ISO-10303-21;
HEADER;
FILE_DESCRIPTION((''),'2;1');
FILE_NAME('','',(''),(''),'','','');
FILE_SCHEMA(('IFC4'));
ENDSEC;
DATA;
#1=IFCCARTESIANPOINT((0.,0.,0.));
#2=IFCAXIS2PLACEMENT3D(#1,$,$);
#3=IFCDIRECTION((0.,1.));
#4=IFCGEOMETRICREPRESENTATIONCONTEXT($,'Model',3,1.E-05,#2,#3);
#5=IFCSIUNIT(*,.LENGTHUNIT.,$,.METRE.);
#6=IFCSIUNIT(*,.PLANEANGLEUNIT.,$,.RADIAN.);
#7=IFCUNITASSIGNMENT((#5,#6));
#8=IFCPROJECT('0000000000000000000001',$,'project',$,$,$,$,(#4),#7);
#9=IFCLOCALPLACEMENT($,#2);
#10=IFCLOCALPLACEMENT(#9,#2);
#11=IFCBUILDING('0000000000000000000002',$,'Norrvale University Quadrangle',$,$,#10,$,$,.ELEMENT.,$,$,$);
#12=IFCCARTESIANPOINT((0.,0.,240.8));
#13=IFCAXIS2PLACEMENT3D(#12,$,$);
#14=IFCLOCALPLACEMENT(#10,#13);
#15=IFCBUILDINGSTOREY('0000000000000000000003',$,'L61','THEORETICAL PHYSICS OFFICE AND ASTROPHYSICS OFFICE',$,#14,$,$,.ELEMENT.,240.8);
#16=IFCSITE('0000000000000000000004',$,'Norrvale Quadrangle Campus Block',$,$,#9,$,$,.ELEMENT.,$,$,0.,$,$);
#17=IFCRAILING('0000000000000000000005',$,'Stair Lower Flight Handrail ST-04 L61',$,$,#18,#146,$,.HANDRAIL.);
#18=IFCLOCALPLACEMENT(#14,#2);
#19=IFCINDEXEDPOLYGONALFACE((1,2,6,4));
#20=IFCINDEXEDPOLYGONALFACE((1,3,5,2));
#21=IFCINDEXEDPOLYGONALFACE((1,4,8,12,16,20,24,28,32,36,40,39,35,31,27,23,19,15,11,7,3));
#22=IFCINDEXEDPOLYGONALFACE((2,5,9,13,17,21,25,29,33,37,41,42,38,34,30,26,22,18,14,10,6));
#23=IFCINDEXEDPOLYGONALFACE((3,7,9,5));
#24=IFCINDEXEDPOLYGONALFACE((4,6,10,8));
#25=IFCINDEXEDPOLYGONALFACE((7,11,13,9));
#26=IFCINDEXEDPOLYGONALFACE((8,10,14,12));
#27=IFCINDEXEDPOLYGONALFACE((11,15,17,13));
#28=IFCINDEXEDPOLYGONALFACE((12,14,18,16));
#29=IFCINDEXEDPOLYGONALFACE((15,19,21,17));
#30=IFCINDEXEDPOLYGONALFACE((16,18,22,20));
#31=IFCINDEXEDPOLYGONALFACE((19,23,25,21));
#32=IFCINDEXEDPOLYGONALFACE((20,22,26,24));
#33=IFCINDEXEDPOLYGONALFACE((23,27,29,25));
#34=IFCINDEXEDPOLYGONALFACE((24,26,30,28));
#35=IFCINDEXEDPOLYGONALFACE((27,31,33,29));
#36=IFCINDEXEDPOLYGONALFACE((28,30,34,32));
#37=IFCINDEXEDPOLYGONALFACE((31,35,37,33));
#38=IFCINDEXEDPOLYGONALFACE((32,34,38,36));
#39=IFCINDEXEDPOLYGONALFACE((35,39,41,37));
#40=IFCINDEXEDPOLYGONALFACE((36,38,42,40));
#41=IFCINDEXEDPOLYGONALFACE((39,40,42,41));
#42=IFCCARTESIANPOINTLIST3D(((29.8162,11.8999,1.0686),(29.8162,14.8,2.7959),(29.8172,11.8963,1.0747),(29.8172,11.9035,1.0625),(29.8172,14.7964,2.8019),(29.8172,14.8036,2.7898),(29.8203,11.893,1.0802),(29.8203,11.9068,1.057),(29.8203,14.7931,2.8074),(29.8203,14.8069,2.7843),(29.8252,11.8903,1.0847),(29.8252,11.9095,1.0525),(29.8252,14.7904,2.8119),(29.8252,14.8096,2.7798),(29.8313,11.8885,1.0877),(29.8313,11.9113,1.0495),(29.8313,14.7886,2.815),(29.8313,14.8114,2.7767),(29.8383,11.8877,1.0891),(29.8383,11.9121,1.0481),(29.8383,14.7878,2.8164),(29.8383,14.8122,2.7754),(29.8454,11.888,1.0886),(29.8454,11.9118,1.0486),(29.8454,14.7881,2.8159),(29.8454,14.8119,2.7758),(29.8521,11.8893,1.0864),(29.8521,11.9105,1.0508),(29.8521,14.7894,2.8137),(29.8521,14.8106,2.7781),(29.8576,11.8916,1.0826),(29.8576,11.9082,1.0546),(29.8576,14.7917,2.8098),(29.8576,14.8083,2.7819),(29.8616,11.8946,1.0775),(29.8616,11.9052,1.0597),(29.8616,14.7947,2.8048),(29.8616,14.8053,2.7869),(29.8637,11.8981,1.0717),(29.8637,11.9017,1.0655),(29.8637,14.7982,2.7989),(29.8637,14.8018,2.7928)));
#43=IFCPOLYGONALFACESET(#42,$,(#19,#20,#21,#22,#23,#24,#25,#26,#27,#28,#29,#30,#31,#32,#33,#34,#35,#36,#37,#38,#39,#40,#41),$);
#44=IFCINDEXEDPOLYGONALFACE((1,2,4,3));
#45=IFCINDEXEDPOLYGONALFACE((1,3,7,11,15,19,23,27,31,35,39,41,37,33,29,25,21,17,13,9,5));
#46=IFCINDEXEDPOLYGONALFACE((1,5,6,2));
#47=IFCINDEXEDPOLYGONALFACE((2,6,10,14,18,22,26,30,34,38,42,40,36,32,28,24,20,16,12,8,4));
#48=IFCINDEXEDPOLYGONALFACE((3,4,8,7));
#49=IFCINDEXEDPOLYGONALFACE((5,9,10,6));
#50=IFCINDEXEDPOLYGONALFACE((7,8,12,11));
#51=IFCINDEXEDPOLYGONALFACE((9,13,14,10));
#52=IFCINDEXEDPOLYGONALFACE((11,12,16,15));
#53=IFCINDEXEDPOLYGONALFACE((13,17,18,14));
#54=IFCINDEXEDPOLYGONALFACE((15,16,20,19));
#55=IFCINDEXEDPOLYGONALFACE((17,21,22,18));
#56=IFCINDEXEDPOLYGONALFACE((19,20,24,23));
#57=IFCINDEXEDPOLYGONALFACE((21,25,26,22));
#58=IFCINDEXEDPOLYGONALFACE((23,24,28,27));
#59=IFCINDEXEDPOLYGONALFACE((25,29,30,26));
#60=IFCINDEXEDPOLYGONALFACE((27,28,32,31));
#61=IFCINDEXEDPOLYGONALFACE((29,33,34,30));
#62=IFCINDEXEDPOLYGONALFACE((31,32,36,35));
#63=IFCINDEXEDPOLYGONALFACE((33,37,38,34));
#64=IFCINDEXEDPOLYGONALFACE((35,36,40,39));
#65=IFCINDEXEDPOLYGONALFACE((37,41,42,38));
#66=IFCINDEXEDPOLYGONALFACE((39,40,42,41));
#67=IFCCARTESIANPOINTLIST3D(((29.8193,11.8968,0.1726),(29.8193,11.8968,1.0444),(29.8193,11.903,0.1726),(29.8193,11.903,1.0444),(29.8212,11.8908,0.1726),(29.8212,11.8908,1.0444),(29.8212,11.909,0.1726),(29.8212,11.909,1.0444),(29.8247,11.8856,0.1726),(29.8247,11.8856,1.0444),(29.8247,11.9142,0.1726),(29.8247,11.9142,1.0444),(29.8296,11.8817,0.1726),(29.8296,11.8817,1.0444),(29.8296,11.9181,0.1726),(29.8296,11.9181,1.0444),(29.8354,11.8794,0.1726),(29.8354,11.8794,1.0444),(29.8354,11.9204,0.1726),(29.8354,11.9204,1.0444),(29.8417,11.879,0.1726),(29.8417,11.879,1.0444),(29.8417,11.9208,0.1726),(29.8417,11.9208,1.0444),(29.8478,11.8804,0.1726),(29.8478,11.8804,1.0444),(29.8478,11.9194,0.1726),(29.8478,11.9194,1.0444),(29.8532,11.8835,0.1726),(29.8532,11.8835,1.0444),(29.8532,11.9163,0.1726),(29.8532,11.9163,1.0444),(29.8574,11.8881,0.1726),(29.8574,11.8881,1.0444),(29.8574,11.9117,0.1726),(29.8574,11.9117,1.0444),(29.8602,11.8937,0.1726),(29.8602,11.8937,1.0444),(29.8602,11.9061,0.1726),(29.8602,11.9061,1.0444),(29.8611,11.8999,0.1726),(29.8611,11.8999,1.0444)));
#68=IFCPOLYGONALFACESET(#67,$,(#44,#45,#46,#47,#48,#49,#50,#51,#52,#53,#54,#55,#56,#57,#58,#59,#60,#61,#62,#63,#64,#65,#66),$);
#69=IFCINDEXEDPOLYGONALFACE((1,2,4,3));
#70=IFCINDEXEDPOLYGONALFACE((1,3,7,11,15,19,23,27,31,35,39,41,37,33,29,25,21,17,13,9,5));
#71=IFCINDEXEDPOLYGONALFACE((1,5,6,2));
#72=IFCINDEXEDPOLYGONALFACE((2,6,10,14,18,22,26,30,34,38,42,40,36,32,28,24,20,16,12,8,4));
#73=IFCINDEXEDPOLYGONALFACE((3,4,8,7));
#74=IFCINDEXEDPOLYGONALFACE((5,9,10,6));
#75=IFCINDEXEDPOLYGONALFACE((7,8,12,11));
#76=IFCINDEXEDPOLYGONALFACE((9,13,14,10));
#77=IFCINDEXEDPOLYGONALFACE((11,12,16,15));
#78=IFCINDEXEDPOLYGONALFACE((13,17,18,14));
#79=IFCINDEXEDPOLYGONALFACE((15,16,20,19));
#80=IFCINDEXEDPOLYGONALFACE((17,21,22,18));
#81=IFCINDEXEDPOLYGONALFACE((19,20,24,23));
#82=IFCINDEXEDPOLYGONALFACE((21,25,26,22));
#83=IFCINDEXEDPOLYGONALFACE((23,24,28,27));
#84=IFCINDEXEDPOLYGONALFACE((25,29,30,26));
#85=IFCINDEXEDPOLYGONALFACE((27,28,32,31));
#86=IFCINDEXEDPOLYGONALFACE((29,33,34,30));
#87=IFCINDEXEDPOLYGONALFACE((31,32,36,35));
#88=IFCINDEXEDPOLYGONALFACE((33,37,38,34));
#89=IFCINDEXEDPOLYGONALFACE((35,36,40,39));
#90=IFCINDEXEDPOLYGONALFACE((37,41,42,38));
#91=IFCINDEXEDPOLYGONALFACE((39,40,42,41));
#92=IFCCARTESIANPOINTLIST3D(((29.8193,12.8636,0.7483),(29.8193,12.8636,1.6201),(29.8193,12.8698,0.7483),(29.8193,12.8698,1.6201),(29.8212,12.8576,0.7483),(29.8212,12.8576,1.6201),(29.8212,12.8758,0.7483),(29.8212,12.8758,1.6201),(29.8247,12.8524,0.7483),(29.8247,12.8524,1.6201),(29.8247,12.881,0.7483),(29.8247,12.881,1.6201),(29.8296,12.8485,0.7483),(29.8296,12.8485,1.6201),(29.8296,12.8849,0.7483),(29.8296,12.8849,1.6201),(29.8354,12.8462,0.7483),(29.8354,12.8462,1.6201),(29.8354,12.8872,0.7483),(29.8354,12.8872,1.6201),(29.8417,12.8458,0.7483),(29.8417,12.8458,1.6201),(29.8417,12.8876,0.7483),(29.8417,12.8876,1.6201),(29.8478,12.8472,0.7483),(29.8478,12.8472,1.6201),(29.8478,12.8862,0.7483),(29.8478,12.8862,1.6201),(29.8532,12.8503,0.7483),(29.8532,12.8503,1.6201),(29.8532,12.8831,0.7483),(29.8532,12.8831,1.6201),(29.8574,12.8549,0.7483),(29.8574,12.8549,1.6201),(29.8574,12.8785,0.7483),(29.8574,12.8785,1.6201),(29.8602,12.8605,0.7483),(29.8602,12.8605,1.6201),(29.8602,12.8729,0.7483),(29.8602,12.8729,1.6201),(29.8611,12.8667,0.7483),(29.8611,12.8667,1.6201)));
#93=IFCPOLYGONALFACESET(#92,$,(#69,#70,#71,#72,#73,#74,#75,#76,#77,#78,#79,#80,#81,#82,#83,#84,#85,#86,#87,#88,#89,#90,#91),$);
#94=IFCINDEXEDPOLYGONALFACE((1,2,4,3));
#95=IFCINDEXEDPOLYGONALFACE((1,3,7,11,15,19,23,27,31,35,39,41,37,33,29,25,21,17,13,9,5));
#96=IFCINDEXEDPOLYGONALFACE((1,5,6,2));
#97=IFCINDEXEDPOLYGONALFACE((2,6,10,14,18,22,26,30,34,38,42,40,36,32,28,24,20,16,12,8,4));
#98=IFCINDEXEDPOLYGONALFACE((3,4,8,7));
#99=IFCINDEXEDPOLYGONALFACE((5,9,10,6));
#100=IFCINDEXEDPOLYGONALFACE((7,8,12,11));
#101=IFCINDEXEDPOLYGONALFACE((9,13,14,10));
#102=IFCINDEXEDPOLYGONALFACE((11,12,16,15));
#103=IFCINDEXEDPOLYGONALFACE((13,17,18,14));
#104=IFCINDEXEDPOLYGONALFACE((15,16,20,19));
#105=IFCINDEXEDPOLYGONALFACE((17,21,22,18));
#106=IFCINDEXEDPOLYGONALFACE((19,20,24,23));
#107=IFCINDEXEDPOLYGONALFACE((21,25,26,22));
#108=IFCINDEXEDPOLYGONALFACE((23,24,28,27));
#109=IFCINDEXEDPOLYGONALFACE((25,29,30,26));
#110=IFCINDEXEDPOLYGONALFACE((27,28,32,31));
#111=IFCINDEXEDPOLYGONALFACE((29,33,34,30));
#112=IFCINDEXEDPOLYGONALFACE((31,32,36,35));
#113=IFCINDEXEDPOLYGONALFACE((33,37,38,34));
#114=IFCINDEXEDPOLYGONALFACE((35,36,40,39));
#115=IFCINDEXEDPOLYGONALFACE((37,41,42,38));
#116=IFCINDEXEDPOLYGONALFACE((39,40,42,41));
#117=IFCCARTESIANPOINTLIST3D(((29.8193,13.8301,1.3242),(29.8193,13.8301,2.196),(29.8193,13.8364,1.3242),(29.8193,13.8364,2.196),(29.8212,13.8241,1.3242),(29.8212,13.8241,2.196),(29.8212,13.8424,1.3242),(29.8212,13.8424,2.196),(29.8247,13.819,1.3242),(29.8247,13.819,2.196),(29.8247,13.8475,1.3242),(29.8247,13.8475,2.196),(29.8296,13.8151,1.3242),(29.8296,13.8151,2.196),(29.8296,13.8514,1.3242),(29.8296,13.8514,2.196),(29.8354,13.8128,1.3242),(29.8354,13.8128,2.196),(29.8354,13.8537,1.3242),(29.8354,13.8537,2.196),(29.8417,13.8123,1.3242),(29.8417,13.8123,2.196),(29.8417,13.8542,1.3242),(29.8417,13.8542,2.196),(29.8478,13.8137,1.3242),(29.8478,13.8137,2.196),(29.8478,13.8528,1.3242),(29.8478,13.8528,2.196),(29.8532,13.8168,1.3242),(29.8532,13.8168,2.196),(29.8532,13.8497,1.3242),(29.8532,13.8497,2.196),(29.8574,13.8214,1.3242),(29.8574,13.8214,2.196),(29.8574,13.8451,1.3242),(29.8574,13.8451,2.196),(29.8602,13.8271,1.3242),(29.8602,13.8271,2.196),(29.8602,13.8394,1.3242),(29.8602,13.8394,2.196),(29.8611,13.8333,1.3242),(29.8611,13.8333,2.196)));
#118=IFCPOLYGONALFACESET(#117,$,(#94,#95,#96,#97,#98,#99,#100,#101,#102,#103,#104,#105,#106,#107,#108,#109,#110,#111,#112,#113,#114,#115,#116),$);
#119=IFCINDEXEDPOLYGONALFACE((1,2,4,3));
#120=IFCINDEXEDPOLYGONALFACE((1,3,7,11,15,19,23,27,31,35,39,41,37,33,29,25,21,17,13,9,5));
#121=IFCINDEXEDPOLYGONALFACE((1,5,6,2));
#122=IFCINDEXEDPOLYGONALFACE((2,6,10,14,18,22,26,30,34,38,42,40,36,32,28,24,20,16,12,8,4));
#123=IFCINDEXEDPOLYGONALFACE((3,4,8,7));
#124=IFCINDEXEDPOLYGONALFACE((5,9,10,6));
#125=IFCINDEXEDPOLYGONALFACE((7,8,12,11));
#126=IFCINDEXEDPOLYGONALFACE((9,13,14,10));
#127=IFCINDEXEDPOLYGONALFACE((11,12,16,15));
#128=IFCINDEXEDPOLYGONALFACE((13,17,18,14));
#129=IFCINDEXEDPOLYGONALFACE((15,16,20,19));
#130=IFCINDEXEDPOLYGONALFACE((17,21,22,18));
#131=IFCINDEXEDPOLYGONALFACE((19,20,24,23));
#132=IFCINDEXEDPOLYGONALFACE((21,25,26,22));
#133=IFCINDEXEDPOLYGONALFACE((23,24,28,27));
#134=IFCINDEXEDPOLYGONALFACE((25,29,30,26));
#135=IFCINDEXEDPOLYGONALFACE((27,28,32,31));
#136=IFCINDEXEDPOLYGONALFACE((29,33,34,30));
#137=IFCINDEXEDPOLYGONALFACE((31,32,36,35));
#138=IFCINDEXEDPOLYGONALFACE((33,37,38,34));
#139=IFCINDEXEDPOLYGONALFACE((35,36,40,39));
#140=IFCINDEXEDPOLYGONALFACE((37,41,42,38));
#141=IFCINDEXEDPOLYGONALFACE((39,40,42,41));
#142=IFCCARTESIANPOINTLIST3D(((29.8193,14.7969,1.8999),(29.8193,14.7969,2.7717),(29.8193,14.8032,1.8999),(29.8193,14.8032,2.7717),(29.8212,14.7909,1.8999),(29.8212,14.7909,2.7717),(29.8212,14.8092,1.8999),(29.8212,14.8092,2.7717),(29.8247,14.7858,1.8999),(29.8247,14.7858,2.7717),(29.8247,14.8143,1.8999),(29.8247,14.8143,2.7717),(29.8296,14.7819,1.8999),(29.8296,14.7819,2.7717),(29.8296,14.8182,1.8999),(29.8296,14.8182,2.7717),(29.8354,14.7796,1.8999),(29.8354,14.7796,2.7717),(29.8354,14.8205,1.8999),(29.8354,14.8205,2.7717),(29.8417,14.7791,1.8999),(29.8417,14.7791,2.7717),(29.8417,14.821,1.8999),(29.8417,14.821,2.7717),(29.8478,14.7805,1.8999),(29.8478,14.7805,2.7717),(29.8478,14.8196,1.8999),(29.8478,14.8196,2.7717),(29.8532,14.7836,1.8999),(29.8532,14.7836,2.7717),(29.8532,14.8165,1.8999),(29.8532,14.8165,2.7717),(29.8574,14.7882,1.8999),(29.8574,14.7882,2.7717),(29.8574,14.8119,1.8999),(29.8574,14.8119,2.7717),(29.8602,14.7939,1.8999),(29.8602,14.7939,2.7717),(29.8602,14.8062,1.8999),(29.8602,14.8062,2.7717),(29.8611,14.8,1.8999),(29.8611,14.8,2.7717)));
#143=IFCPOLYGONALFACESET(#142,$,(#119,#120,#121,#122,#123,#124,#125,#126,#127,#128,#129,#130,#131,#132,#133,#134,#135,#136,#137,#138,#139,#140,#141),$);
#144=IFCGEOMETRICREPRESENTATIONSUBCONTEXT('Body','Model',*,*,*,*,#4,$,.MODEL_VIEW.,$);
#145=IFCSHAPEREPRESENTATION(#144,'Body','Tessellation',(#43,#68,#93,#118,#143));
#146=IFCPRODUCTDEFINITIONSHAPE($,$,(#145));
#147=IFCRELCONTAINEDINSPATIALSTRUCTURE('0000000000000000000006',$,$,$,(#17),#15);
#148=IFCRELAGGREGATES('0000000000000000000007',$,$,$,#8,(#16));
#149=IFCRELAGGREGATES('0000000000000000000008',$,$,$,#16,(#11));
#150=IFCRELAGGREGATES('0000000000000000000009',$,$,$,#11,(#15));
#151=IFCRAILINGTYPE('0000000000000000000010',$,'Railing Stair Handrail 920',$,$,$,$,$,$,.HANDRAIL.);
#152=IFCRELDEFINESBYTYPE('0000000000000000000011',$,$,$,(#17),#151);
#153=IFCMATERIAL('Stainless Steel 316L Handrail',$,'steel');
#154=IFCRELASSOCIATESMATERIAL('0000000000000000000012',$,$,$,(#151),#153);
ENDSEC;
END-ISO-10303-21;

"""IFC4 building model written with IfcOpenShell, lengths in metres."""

from ifc_helpers import new_model, si_unit, direction, frame, origin, origin_2d, place, context, subcontext, project, spatial, circle, extrude, material, type_object, element, save


model = new_model("IFC4")

# Units and contexts
model_context = context("Model", 3, precision=1e-05, world=origin(), true_north=direction((0.0, 1.0)))
body_context = subcontext(model_context, "Body", "Model", "MODEL_VIEW")
ifc_project = project(units=[si_unit("LENGTHUNIT", "METRE"), si_unit("PLANEANGLEUNIT", "RADIAN")], contexts=[model_context])

# Site, building, storey
site_placement = place(None, origin())
site = spatial("IfcSite", under=ifc_project, at=site_placement, Name="Norrvale Quadrangle Campus Block", CompositionType="ELEMENT", RefElevation=0.0)
building_placement = place(site_placement, origin())
building = spatial("IfcBuilding", under=site, at=building_placement, Name="Norrvale University Quadrangle", CompositionType="ELEMENT")
storey_placement = place(building_placement, frame((0.0, 0.0, 240.8)))
storey = spatial("IfcBuildingStorey", under=building, at=storey_placement, Name="L61", Description="THEORETICAL PHYSICS OFFICE AND ASTROPHYSICS OFFICE", CompositionType="ELEMENT", Elevation=240.8)

# Railing
ifc_material_1 = material(Name="Stainless Steel 316L Handrail", Category="steel")
railing_type_1 = type_object("IfcRailingType", Name="Railing Stair Handrail 920", PredefinedType="HANDRAIL", material=ifc_material_1)
railing_1_placement = place(storey_placement, frame((29.8401, 11.8999, 0.1726)))
element("IfcRailing", 1, at=railing_1_placement, inside=storey, type_object=railing_type_1, Name="Stair Lower Flight Handrail ST-04 L61", PredefinedType="HANDRAIL", context=body_context, shape_type="SweptSolid", body=[
    extrude(circle(Radius=0.0239, at=origin_2d()), frame((0.0, 0.0, 0.896), z_axis=(0.0, 0.85916, 0.511706), x_axis=(-1.0, 0.0, 0.0)), (0.0, 0.0, 1.0), 3.3755),
    extrude(circle(Radius=0.021, at=origin_2d()), origin(), (0.0, 0.0, 1.0), 0.8718),
    extrude(circle(Radius=0.021, at=origin_2d()), frame((0.0, 0.9668, 0.5757)), (0.0, 0.0, 1.0), 0.8718),
    extrude(circle(Radius=0.021, at=origin_2d()), frame((0.0, 1.9333, 1.1516)), (0.0, 0.0, 1.0), 0.8718),
    extrude(circle(Radius=0.021, at=origin_2d()), frame((0.0, 2.9001, 1.7273)), (0.0, 0.0, 1.0), 0.8718),
])

save(model, "model.ifc")
